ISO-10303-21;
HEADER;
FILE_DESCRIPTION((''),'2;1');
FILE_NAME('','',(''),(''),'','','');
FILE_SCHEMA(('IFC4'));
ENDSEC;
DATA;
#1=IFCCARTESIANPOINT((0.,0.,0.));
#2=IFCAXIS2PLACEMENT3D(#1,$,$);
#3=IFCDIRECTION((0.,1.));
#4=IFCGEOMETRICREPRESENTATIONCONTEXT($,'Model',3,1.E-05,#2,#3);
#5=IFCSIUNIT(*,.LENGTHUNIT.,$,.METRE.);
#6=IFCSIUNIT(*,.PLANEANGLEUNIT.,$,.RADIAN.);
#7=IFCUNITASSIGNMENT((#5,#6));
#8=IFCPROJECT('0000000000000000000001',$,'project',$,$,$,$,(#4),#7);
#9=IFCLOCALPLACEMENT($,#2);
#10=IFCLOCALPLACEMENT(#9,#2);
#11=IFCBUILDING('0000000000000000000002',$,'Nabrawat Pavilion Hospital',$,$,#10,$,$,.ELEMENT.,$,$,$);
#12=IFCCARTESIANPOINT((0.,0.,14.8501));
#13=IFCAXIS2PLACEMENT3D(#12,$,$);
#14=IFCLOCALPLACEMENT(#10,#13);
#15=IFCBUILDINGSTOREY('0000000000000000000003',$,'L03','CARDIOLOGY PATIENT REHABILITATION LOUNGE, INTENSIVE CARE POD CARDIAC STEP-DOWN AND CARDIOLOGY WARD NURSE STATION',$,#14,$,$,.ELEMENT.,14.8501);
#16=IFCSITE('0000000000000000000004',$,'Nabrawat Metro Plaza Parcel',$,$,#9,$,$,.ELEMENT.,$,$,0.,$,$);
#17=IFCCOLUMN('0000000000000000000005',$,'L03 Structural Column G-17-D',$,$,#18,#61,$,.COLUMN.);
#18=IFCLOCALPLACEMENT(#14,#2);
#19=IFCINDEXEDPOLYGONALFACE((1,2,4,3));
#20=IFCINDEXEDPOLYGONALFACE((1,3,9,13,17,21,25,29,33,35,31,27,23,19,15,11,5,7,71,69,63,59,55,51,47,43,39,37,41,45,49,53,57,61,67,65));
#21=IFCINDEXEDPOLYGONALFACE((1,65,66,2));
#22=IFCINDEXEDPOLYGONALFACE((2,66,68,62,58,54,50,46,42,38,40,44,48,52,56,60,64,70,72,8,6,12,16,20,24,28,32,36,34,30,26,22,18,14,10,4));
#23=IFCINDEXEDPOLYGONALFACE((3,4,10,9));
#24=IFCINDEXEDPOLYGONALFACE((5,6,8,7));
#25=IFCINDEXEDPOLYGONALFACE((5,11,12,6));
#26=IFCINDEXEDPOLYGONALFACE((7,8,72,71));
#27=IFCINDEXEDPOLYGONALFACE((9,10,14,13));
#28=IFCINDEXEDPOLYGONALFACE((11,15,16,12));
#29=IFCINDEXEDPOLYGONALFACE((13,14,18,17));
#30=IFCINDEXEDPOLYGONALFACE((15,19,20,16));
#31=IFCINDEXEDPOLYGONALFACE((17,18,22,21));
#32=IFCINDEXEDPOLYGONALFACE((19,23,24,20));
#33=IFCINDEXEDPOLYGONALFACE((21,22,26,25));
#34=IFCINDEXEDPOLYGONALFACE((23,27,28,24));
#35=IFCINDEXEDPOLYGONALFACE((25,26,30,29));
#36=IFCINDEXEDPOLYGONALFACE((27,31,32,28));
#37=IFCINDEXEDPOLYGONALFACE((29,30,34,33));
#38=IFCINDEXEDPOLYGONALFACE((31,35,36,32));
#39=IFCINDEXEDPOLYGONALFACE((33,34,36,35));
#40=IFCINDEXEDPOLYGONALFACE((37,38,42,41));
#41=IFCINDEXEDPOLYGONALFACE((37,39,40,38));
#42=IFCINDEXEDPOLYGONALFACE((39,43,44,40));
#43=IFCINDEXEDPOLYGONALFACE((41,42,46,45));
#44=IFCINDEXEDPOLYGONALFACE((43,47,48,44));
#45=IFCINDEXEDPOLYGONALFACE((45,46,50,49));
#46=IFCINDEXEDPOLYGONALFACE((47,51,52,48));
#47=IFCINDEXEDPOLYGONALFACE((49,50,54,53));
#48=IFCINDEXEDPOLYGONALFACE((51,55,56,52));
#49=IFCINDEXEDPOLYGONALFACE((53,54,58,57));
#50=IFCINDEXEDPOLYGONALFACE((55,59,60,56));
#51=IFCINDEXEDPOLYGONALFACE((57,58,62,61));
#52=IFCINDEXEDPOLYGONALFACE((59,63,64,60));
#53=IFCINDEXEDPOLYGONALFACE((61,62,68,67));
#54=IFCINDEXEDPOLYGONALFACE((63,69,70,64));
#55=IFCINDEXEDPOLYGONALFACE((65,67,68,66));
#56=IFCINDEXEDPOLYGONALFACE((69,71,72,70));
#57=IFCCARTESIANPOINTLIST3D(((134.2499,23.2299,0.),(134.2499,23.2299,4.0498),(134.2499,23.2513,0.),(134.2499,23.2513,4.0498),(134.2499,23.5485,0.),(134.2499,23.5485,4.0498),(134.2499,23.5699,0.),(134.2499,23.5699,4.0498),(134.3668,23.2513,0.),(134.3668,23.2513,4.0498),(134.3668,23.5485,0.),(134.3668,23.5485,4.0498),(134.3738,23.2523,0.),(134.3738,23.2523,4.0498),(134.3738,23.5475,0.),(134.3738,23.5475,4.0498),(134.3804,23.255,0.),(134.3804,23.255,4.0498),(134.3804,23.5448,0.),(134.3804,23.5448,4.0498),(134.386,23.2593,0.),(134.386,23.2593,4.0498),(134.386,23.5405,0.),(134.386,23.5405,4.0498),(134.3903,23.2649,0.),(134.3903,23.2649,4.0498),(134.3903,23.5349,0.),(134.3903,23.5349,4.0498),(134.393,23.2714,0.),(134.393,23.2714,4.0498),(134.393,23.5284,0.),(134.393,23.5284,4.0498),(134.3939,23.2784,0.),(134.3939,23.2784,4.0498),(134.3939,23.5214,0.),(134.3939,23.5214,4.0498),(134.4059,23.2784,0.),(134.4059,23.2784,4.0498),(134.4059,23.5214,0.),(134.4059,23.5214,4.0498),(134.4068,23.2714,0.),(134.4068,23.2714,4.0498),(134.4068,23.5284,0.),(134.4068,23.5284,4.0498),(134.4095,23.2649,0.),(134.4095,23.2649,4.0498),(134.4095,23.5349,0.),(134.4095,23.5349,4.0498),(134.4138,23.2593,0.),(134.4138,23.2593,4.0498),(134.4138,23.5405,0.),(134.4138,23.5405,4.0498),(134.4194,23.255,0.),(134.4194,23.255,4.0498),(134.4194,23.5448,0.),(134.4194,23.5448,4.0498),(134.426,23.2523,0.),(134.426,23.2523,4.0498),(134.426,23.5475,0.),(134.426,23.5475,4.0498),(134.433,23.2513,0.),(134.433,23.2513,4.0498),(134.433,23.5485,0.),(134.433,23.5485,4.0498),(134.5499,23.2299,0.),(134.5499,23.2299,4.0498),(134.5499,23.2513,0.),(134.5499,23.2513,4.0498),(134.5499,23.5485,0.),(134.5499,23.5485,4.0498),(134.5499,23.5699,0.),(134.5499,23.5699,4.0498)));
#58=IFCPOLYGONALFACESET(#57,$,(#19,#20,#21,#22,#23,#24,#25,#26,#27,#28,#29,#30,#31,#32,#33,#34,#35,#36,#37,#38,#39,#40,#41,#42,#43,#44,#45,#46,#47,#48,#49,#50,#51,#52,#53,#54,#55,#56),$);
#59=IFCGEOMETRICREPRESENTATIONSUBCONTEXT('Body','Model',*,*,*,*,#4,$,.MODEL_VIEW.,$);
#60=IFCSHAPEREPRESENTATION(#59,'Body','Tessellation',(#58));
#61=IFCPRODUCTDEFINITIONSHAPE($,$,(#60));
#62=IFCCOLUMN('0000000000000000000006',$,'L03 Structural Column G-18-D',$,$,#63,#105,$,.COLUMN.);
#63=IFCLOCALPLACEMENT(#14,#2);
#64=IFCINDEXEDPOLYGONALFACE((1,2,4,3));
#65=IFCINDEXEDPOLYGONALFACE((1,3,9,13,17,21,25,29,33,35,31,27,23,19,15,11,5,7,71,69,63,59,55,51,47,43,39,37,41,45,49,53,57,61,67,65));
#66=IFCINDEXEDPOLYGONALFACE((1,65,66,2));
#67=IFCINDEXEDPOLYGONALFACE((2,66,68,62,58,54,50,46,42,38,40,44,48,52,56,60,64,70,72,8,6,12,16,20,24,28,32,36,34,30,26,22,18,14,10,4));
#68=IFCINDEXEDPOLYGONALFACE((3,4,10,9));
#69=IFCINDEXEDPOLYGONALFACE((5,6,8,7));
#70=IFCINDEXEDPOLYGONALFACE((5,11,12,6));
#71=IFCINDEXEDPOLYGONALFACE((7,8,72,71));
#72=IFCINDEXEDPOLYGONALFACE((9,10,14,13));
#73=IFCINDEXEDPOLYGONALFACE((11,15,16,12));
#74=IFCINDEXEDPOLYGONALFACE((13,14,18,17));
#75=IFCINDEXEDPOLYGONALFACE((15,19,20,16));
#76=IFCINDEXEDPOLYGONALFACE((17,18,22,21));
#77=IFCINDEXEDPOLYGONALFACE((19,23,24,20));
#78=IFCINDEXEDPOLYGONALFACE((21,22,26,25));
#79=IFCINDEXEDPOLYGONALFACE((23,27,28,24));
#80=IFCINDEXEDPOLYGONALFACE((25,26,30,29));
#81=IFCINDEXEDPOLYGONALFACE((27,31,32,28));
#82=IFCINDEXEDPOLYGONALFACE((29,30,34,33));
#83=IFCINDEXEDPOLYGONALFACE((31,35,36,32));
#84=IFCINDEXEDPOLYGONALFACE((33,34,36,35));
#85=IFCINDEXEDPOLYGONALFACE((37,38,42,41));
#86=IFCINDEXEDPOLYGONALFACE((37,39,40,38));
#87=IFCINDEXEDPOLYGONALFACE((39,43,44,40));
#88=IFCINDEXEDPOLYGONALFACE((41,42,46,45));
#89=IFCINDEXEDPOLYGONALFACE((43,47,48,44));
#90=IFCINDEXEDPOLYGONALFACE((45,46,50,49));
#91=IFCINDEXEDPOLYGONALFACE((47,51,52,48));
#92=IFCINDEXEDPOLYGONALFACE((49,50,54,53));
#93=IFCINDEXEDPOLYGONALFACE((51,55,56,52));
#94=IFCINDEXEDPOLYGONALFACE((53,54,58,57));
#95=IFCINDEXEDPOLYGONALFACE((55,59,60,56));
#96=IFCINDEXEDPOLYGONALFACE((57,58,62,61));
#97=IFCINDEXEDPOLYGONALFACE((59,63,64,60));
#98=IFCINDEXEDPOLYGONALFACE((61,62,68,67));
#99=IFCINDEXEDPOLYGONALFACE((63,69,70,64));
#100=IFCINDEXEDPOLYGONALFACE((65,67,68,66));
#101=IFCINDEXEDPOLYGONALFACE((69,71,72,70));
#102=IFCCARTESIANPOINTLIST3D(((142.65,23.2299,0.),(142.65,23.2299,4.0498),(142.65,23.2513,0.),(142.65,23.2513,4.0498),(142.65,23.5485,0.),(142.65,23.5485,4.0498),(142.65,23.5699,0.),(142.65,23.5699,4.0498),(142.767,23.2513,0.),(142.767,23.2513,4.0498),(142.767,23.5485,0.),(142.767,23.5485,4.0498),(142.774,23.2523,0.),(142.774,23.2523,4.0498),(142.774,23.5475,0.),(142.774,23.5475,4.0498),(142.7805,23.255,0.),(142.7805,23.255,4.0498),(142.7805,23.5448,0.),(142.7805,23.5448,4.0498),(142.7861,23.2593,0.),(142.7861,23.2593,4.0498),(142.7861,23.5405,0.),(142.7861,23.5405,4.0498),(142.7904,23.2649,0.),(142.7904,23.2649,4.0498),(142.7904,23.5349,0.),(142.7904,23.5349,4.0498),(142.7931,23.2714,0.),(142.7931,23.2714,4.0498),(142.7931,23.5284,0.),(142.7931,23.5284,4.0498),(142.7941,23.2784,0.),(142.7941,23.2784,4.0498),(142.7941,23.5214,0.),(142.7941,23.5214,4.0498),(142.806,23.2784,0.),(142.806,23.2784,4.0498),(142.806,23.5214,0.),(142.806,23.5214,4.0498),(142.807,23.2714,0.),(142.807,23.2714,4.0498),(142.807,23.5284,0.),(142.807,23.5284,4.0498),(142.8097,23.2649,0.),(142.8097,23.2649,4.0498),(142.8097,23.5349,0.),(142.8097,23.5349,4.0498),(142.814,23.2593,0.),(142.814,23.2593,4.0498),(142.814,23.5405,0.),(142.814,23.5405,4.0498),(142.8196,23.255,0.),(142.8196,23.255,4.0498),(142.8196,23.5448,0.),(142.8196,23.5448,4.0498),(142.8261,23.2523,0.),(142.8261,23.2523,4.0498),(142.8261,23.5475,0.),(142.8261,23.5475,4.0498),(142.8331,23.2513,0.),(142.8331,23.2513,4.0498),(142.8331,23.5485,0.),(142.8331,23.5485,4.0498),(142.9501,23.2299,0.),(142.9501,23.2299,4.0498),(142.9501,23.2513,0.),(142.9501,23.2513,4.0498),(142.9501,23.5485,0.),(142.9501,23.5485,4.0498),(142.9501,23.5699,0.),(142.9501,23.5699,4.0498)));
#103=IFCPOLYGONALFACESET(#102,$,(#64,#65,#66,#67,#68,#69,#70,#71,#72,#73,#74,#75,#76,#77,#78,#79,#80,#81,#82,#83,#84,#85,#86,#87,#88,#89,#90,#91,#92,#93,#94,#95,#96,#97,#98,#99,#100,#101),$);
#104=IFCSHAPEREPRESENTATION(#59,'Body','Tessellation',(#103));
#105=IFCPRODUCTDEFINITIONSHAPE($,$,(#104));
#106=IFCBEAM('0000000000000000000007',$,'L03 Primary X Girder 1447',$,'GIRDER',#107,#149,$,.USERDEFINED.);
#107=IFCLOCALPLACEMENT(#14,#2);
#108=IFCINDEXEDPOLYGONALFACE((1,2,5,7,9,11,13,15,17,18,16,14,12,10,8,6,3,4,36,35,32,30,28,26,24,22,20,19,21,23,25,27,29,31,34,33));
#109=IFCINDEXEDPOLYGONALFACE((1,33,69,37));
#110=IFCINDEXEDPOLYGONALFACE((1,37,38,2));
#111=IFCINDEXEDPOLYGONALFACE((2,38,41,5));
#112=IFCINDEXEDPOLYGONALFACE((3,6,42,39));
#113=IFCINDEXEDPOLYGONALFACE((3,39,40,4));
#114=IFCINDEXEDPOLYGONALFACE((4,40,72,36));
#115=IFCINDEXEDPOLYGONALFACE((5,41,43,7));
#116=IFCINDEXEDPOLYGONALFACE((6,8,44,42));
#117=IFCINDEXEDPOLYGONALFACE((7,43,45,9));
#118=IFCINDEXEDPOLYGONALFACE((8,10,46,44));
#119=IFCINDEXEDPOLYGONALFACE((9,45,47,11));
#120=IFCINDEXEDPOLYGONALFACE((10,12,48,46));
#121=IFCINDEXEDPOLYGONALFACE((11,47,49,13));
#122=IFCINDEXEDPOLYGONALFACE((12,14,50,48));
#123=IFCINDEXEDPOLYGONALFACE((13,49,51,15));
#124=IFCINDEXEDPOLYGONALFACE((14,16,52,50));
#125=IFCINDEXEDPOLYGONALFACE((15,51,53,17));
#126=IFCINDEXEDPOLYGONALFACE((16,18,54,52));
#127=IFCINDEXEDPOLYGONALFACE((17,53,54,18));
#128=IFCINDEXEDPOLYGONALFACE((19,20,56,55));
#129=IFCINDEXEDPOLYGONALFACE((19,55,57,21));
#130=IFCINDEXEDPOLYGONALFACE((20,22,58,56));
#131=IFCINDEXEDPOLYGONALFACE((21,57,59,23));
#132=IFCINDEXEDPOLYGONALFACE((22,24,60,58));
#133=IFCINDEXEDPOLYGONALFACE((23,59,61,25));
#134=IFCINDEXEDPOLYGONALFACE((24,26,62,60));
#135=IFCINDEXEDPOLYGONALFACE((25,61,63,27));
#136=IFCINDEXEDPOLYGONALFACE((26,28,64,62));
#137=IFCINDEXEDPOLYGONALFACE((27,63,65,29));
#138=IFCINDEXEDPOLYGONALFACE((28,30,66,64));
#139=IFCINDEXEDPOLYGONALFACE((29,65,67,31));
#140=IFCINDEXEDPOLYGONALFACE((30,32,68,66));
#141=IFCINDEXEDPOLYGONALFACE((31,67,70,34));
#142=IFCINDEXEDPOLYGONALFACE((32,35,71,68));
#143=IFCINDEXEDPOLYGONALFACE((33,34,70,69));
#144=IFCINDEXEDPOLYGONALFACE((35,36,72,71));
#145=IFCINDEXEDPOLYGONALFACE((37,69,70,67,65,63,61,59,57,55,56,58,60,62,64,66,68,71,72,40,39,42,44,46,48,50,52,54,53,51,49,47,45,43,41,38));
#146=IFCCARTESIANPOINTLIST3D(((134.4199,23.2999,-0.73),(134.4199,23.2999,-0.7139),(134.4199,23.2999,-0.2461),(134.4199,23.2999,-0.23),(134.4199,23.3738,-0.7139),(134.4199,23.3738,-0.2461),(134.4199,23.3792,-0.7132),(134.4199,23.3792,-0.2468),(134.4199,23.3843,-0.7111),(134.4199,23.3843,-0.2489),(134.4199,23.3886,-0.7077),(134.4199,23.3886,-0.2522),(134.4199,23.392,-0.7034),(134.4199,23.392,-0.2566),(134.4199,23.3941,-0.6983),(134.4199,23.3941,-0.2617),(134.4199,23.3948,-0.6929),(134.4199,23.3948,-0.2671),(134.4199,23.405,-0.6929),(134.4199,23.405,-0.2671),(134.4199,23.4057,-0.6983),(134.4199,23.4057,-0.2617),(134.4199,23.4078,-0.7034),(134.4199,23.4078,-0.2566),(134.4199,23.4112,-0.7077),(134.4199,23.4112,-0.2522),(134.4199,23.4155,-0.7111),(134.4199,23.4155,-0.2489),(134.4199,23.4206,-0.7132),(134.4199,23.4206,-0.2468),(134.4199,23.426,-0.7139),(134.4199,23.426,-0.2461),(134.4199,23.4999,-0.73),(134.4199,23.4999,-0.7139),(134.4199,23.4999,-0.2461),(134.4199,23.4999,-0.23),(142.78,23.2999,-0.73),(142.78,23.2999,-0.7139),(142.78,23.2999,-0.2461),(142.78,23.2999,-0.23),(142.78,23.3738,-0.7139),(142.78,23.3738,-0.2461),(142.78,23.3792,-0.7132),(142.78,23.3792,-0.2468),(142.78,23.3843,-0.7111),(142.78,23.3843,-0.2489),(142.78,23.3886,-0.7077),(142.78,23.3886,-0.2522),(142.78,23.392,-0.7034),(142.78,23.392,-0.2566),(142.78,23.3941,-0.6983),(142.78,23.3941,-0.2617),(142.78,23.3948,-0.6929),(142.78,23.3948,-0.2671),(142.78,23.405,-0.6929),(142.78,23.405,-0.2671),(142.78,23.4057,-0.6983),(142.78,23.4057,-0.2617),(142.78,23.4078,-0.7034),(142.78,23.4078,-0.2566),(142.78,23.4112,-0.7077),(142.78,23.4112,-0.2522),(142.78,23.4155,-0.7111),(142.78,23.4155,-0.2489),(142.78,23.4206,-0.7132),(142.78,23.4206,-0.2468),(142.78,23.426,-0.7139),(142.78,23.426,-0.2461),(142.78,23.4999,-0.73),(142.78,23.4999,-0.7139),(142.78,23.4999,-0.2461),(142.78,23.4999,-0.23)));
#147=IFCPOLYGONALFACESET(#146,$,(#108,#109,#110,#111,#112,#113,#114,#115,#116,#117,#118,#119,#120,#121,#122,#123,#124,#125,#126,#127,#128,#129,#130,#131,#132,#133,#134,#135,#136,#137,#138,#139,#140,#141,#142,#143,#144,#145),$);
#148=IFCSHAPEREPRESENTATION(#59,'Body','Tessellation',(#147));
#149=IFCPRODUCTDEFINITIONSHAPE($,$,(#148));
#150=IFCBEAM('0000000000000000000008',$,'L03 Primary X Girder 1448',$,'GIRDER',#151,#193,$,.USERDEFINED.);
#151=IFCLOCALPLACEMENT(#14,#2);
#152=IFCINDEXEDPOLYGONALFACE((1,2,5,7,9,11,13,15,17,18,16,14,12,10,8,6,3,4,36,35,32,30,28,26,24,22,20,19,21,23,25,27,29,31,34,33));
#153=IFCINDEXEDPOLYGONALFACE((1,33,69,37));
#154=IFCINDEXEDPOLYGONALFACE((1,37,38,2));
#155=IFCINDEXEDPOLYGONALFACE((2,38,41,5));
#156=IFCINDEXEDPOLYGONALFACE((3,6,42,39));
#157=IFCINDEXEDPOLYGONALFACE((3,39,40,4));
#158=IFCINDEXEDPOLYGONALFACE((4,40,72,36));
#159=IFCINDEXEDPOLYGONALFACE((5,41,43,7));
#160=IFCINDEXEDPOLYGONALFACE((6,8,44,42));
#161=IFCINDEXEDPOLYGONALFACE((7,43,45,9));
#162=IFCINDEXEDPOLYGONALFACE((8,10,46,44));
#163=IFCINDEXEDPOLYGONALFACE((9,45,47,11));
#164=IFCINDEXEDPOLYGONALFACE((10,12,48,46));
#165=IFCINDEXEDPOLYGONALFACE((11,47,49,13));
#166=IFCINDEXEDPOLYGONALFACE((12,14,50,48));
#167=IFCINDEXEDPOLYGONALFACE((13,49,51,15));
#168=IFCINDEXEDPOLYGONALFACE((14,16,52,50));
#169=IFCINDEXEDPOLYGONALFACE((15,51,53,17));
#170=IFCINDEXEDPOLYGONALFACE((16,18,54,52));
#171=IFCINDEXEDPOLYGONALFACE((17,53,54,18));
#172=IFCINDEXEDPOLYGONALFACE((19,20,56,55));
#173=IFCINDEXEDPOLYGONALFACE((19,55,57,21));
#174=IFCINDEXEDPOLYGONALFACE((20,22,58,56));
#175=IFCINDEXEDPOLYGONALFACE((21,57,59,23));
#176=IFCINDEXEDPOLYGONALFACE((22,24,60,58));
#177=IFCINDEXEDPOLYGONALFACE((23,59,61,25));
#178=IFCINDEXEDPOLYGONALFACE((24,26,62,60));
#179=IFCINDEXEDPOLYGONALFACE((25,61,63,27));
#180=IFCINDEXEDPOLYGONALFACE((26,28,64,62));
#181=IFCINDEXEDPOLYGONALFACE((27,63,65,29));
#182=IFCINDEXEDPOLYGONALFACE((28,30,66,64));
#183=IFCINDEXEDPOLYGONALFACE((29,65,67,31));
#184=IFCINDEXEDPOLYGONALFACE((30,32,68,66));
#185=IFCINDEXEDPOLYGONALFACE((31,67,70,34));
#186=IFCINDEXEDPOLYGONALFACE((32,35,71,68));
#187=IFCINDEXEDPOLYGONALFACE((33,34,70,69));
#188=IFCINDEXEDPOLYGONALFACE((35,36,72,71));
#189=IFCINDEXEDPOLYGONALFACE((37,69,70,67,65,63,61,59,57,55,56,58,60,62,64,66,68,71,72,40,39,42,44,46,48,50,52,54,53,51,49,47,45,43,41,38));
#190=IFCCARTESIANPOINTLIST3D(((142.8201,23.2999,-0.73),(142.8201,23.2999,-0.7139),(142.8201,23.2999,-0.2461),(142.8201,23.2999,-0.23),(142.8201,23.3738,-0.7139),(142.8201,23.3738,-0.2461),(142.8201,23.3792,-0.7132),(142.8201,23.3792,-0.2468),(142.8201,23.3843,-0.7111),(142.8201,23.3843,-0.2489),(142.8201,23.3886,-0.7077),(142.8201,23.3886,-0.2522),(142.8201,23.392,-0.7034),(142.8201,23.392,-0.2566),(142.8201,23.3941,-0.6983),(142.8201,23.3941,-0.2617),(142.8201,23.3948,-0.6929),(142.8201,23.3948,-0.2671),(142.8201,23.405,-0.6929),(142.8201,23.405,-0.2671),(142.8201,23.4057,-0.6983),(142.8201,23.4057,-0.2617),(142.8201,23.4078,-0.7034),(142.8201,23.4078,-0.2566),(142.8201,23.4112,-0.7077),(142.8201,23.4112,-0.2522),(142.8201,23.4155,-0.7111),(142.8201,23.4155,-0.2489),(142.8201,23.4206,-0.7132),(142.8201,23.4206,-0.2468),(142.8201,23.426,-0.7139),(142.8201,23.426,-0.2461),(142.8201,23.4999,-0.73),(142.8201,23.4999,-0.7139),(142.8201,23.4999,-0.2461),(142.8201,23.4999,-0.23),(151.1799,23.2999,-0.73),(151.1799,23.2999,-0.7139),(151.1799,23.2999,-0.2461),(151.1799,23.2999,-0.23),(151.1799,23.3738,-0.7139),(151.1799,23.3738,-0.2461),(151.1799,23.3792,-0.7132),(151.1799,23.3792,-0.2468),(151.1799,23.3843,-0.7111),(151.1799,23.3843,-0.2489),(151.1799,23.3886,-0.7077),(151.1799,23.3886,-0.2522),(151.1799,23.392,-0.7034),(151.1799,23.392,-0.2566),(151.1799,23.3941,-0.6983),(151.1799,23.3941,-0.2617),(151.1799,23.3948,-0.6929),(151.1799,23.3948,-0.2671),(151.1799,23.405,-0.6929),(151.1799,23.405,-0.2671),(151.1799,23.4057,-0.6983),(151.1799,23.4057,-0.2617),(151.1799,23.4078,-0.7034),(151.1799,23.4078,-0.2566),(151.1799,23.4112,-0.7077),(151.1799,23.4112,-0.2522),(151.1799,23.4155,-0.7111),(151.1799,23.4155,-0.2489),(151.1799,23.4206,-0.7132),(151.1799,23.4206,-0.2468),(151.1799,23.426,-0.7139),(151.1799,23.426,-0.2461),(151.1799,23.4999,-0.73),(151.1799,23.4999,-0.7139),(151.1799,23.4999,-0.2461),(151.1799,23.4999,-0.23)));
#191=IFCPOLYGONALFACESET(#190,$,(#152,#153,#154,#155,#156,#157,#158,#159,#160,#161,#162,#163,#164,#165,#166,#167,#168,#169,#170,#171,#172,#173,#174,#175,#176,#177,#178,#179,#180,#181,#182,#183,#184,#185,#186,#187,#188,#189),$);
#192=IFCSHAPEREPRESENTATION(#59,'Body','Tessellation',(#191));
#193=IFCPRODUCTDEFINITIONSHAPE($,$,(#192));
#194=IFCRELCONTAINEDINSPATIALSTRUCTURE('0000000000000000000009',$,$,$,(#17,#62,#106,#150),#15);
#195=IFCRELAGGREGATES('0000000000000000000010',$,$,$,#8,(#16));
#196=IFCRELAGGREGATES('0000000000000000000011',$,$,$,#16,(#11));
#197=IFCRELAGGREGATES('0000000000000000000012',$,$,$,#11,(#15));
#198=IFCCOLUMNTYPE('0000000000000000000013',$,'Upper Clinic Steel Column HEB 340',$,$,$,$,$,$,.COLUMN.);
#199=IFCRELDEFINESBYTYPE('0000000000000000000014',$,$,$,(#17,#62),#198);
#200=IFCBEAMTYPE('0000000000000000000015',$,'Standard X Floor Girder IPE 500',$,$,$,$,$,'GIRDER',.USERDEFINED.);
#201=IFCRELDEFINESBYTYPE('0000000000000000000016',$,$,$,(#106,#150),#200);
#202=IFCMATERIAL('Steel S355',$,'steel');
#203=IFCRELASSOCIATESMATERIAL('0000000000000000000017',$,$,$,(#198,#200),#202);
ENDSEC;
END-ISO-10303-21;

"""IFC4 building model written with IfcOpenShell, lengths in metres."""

from ifc_helpers import new_model, si_unit, direction, frame, origin, origin_2d, place, context, subcontext, project, spatial, i_section, extrude, material, material_profile, profile_set, type_object, element, save


model = new_model("IFC4")

# Units and contexts
model_context = context("Model", 3, precision=1e-05, world=origin(), true_north=direction((0.0, 1.0)))
body_context = subcontext(model_context, "Body", "Model", "MODEL_VIEW")
ifc_project = project(units=[si_unit("LENGTHUNIT", "METRE"), si_unit("PLANEANGLEUNIT", "RADIAN")], contexts=[model_context])

# Site, building, storey
site_placement = place(None, origin())
site = spatial("IfcSite", under=ifc_project, at=site_placement, Name="Nabrawat Metro Plaza Parcel", CompositionType="ELEMENT", RefElevation=0.0)
building_placement = place(site_placement, origin())
building = spatial("IfcBuilding", under=site, at=building_placement, Name="Nabrawat Pavilion Hospital", CompositionType="ELEMENT")
storey_placement = place(building_placement, frame((0.0, 0.0, 14.8501)))
storey = spatial("IfcBuildingStorey", under=building, at=storey_placement, Name="L03", Description="CARDIOLOGY PATIENT REHABILITATION LOUNGE, INTENSIVE CARE POD CARDIAC STEP-DOWN AND CARDIOLOGY WARD NURSE STATION", CompositionType="ELEMENT", Elevation=14.8501)

# Columns
ifc_material_1 = material(Name="Steel S355", Category="steel")
ifc_material_profile_1 = material_profile(ifc_material_1, i_section(OverallWidth=0.3, OverallDepth=0.3401, WebThickness=0.012, FlangeThickness=0.0215, FilletRadius=0.0271, at=origin_2d()), Name="HEB 340")
ifc_profile_set_1 = profile_set([ifc_material_profile_1], Name="Steel S355")
column_type = type_object("IfcColumnType", Name="Upper Clinic Steel Column HEB 340", PredefinedType="COLUMN", material=ifc_profile_set_1)
for number, where, z_axis, x_axis, name in (
    (1, (134.3999, 23.3999, 0.0), (0.0, 0.0, 1.0), (1.0, 0.0, 0.0), "L03 Structural Column G-17-D"),
    (2, (142.8, 23.3999, 0.0), (0.0, 0.0, 1.0), (1.0, 0.0, 0.0), "L03 Structural Column G-18-D"),
):
    element("IfcColumn", number, at=place(storey_placement, frame(where, z_axis=z_axis, x_axis=x_axis)), inside=storey, type_object=column_type, Name=name, PredefinedType="COLUMN", context=body_context, shape_type="SweptSolid", body=[
        extrude(i_section(OverallWidth=0.3, OverallDepth=0.3401, WebThickness=0.012, FlangeThickness=0.0215, FilletRadius=0.0271, at=origin_2d()), origin(), (0.0, 0.0, 1.0), 4.0498),
    ])

# Beams
ifc_material_profile_2 = material_profile(ifc_material_1, i_section(OverallWidth=0.2, OverallDepth=0.5, WebThickness=0.0103, FlangeThickness=0.0161, FilletRadius=0.021, at=origin_2d()), Name="IPE 500")
ifc_profile_set_2 = profile_set([ifc_material_profile_2], Name="Steel S355")
beam_type_1 = type_object("IfcBeamType", Name="Standard X Floor Girder IPE 500", ElementType="GIRDER", PredefinedType="USERDEFINED", material=ifc_profile_set_2)
beam_placement = place(storey_placement, frame((134.4199, 23.3999, -0.48), z_axis=(1.0, 0.0, 0.0), x_axis=(0.0, 1.0, 0.0)))
element("IfcBeam", 3, at=beam_placement, inside=storey, type_object=beam_type_1, Name="L03 Primary X Girder 1447", ObjectType="GIRDER", PredefinedType="USERDEFINED", context=body_context, shape_type="SweptSolid", body=[
    extrude(i_section(OverallWidth=0.2, OverallDepth=0.5, WebThickness=0.0103, FlangeThickness=0.0161, FilletRadius=0.021, at=origin_2d()), origin(), (0.0, 0.0, 1.0), 8.3601),
])
for number, where, z_axis, x_axis, name in (
    (4, (142.8201, 23.3999, -0.48), (1.0, 0.0, 0.0), (0.0, 1.0, 0.0), "L03 Primary X Girder 1448"),
):
    element("IfcBeam", number, at=place(storey_placement, frame(where, z_axis=z_axis, x_axis=x_axis)), inside=storey, type_object=beam_type_1, Name=name, ObjectType="GIRDER", PredefinedType="USERDEFINED", context=body_context, shape_type="SweptSolid", body=[
        extrude(i_section(OverallWidth=0.2, OverallDepth=0.5, WebThickness=0.0103, FlangeThickness=0.0161, FilletRadius=0.021, at=origin_2d()), origin(), (0.0, 0.0, 1.0), 8.3599),
    ])

save(model, "model.ifc")
